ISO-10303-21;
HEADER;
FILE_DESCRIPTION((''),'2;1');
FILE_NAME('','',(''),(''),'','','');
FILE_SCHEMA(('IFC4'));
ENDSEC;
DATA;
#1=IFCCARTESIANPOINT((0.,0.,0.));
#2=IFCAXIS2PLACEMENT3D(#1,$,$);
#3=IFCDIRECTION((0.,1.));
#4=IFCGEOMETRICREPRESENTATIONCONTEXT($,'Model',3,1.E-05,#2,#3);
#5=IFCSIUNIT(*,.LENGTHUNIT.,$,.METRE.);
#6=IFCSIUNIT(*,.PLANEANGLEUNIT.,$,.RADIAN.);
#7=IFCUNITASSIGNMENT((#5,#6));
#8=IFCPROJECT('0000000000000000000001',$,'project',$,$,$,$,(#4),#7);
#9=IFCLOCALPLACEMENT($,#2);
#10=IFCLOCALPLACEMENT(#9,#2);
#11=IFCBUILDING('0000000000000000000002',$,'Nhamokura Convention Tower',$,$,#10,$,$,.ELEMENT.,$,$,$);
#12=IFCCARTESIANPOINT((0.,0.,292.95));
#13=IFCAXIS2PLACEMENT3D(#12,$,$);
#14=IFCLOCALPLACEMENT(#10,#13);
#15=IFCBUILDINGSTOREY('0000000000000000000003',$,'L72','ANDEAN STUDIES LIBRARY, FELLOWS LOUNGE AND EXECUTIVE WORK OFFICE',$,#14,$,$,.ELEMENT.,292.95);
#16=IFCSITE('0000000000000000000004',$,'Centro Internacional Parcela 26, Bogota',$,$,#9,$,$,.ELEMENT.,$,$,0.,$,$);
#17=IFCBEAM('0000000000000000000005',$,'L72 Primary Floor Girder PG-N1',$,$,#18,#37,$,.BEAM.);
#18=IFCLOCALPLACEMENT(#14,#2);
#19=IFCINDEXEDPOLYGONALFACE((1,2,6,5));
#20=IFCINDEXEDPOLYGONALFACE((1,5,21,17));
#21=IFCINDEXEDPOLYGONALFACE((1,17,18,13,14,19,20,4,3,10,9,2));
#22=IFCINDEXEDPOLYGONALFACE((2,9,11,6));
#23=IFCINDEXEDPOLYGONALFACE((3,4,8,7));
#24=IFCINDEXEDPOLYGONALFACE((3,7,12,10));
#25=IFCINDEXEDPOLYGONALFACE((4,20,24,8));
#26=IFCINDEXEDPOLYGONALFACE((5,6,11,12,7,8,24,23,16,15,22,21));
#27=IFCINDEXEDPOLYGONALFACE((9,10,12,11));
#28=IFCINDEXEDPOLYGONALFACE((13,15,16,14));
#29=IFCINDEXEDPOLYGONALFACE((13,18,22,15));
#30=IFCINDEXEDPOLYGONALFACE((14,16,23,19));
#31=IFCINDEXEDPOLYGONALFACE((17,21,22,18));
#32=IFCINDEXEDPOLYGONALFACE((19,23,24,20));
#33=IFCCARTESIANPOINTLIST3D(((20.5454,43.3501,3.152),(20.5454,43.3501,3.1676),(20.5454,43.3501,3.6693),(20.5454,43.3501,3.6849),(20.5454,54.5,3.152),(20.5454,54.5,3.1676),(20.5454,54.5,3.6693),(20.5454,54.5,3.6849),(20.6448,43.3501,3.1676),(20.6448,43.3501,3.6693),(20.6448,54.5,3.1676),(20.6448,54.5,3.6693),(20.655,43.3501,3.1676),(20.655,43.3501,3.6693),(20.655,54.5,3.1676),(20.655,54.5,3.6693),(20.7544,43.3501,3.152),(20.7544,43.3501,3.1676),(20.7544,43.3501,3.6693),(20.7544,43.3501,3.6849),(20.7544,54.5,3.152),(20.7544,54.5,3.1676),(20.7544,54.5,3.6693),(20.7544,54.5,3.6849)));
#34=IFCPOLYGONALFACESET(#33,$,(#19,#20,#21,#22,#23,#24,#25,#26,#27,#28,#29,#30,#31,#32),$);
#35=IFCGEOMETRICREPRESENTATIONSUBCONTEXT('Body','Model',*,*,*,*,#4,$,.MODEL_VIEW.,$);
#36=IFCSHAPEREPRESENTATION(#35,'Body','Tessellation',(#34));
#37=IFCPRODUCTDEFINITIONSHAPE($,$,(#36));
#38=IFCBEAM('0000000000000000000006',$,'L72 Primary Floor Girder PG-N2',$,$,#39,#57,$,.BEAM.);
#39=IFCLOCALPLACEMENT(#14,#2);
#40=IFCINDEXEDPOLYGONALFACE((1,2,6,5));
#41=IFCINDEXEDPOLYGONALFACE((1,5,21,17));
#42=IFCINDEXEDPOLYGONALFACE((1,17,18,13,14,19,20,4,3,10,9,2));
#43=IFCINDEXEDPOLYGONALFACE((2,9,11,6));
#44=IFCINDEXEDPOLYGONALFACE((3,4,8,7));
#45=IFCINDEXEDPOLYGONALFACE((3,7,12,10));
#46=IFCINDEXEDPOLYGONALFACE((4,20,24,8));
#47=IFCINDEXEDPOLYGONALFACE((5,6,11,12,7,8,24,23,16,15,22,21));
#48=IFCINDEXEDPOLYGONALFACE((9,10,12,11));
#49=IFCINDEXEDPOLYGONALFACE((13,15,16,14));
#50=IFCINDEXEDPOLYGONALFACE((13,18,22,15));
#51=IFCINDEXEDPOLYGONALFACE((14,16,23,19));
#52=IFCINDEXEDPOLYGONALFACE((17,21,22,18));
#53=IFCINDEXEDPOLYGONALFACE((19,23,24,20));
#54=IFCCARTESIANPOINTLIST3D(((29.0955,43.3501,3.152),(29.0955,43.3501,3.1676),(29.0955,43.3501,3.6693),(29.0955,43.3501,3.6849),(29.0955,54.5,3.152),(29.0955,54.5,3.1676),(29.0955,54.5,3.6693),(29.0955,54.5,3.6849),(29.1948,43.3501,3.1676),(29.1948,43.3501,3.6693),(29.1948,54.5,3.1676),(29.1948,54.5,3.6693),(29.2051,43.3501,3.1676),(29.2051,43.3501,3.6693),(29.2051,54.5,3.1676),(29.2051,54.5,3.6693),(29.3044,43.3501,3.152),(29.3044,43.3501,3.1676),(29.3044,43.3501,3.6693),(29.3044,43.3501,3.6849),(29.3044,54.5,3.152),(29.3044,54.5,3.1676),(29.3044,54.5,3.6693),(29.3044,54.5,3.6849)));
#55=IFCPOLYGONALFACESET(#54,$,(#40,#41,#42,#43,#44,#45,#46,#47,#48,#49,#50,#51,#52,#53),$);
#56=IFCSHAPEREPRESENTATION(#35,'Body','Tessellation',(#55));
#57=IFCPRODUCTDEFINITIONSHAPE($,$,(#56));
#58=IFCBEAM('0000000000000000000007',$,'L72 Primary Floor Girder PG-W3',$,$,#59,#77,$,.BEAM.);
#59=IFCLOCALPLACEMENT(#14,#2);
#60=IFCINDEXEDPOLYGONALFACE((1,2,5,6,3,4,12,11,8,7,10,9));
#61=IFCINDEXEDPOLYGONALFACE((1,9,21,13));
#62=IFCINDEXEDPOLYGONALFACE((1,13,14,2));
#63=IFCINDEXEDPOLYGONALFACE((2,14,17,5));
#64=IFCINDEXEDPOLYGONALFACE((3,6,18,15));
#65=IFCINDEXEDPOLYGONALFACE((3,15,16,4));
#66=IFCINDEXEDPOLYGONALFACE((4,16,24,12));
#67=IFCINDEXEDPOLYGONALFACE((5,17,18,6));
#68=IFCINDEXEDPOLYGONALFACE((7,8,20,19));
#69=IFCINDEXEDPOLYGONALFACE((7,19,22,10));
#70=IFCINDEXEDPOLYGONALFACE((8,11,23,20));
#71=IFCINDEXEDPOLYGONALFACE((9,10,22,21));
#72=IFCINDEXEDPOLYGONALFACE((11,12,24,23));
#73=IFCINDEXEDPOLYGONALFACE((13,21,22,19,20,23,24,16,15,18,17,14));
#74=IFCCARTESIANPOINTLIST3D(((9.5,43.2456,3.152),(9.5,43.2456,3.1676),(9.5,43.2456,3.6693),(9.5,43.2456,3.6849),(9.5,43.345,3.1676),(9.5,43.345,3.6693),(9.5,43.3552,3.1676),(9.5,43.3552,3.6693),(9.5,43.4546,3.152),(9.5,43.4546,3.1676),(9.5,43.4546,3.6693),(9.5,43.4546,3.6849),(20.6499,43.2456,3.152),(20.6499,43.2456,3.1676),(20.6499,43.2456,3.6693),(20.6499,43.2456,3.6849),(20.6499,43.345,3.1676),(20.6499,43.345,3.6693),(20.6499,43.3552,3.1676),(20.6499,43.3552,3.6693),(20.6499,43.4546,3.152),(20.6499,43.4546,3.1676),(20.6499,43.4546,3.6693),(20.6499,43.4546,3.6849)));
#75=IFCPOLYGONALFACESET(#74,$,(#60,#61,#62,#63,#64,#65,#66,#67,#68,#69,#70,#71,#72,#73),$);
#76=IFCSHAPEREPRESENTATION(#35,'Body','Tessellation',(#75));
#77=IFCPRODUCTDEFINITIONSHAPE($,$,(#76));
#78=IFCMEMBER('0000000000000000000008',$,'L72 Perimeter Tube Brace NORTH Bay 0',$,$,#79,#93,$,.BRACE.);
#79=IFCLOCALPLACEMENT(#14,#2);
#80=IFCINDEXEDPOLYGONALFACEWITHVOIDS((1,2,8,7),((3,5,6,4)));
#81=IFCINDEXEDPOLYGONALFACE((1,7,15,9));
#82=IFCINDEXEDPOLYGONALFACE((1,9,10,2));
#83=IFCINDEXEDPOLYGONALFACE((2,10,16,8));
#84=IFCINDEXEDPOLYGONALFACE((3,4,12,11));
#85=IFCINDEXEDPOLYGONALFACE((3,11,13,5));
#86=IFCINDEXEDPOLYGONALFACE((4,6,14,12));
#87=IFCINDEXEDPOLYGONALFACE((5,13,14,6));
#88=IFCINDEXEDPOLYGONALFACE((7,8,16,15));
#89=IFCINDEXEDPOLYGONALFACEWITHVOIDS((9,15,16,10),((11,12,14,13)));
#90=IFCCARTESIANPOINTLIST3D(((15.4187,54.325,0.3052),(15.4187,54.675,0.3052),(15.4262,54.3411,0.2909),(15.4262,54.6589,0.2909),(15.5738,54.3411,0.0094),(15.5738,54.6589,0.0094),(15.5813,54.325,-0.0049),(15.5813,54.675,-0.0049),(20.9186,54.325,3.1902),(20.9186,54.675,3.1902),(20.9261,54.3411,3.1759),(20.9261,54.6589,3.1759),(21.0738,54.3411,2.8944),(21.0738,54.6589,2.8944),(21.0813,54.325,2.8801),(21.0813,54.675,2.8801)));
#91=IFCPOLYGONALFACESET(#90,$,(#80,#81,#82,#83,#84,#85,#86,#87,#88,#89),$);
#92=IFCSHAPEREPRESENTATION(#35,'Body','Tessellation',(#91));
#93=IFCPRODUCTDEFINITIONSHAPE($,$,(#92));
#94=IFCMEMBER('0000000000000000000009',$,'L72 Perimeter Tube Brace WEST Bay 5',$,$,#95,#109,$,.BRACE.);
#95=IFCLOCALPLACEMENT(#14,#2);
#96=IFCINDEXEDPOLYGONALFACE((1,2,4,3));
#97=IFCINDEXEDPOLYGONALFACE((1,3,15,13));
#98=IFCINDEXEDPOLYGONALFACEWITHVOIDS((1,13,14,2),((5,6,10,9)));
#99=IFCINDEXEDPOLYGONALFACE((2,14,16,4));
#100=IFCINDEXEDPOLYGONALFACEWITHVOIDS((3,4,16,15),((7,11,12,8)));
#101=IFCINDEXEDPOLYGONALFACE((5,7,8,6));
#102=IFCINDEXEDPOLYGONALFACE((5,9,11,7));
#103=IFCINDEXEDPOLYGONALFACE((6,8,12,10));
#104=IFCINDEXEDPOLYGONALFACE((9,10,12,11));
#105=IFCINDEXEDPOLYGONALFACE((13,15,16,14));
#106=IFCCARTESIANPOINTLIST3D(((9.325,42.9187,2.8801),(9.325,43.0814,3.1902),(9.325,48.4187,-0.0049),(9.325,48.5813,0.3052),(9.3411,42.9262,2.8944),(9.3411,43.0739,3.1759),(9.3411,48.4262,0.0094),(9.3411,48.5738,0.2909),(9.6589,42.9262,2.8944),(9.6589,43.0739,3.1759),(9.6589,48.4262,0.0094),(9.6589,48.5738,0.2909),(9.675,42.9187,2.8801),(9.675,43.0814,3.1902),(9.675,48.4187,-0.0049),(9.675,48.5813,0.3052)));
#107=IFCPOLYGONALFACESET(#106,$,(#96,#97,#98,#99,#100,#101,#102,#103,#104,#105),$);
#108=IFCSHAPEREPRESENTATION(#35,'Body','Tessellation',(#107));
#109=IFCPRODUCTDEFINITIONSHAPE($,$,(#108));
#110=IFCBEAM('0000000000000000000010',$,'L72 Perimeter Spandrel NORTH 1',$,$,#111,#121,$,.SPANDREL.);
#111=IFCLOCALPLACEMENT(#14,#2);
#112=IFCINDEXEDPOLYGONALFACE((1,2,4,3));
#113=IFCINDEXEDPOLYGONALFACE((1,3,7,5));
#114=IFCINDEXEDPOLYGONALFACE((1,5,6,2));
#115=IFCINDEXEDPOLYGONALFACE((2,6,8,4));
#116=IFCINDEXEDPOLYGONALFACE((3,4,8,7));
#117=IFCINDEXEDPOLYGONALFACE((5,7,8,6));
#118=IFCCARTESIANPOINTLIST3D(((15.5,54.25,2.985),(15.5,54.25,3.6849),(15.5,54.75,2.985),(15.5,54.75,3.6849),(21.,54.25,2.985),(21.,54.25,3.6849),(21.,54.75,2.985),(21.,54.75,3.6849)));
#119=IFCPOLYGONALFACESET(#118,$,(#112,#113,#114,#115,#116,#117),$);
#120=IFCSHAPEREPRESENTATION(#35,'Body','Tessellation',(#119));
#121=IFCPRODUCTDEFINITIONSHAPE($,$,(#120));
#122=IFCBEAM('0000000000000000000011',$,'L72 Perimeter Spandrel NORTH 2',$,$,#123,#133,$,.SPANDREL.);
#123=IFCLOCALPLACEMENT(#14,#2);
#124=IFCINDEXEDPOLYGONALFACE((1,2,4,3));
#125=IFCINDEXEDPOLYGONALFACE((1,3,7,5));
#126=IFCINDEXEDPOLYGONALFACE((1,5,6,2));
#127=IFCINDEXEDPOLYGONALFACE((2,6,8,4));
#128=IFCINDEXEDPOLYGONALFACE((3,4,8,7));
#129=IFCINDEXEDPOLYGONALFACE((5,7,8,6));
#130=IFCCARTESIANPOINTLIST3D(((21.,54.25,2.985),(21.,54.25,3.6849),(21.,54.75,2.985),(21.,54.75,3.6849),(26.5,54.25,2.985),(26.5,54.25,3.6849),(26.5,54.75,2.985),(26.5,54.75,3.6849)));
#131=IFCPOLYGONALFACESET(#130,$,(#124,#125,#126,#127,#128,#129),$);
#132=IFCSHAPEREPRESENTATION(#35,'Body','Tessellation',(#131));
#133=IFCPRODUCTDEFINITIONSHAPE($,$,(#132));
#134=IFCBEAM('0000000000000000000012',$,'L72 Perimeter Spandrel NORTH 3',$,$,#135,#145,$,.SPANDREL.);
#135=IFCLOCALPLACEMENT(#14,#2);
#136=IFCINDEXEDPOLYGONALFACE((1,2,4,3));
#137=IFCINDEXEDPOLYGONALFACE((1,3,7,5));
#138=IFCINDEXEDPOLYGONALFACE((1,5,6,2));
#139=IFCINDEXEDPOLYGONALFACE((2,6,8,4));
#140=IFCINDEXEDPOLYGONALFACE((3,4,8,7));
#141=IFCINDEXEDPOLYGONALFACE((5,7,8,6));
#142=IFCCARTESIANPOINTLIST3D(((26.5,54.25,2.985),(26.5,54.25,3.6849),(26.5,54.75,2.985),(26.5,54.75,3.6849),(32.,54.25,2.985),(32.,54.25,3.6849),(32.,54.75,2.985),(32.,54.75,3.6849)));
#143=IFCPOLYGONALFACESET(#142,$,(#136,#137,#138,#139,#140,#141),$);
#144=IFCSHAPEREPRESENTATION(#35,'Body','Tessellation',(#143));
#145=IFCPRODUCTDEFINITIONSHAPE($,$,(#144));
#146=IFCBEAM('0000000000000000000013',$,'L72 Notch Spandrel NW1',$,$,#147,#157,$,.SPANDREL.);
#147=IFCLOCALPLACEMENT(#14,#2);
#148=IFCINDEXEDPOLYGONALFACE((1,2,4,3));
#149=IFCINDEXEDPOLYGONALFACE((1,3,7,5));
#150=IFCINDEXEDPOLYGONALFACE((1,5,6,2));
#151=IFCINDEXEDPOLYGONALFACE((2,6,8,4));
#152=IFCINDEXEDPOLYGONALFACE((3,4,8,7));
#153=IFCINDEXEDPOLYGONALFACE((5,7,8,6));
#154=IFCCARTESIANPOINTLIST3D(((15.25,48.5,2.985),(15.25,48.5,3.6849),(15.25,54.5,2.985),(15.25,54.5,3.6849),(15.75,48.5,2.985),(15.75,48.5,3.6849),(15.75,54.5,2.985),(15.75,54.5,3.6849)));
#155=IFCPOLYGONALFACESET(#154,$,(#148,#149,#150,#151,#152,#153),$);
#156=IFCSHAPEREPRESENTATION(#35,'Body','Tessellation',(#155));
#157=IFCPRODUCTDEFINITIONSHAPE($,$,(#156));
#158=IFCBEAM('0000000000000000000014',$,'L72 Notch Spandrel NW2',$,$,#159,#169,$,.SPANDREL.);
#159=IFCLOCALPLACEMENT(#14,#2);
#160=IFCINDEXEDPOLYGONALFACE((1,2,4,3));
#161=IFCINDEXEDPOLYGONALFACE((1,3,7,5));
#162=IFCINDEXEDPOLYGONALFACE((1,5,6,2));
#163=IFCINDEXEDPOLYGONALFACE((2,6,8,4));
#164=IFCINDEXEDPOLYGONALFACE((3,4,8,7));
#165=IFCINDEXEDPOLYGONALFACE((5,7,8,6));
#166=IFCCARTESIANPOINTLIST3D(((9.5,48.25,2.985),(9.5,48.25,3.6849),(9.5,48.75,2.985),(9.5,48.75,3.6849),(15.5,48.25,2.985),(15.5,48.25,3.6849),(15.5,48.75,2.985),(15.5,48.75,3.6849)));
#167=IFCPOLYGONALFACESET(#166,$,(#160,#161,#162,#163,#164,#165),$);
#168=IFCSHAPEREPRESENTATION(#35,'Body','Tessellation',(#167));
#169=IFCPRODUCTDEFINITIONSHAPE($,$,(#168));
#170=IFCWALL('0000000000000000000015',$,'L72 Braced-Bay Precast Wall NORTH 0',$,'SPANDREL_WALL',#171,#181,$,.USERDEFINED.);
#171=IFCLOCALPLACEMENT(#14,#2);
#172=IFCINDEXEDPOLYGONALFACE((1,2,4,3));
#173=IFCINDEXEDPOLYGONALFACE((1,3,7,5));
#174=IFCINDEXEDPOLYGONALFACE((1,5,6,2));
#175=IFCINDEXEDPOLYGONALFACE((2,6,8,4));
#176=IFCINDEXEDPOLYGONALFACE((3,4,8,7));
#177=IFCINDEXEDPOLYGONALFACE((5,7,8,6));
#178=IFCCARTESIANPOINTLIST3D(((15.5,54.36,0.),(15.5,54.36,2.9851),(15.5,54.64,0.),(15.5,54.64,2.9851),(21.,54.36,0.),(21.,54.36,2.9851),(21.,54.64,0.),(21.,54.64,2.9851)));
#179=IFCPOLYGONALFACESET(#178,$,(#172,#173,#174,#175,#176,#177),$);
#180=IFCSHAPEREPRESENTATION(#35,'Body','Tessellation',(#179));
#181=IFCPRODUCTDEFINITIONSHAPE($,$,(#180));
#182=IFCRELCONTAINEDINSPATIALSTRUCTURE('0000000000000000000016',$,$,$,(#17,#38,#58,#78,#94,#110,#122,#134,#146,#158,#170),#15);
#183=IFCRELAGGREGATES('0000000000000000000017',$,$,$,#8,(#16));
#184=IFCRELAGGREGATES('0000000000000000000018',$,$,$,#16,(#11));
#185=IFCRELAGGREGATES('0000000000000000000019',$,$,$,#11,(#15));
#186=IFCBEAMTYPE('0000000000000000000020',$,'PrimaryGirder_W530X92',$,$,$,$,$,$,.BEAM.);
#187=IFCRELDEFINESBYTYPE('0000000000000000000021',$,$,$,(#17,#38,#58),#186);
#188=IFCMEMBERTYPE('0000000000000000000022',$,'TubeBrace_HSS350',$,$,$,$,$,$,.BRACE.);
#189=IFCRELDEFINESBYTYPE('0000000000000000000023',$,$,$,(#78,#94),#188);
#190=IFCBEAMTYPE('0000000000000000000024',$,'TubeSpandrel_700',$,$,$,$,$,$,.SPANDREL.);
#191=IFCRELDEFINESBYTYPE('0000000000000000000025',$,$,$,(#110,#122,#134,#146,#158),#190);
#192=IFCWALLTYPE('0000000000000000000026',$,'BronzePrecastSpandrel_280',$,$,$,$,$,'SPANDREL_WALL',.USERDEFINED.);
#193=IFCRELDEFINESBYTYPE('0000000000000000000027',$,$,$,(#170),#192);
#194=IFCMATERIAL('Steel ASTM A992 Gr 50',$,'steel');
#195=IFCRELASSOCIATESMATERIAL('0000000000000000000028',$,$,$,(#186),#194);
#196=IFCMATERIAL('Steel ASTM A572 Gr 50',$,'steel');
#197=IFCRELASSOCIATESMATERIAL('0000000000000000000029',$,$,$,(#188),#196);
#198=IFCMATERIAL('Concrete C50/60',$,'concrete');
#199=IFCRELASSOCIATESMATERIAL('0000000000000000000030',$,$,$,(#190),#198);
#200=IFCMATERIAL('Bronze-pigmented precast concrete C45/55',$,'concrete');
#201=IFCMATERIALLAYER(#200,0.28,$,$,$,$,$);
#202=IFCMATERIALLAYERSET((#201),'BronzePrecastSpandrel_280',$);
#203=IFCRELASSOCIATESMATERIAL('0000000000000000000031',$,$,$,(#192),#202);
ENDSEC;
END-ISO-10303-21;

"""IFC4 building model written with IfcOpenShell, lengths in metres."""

from ifc_helpers import new_model, si_unit, direction, frame, frame_2d, origin, origin_2d, place, context, subcontext, project, spatial, rectangle, hollow_rectangle, i_section, extrude, material, layer, layer_set, material_profile, profile_set, type_object, element, save


model = new_model("IFC4")

# Units and contexts
model_context = context("Model", 3, precision=1e-05, world=origin(), true_north=direction((0.0, 1.0)))
body_context = subcontext(model_context, "Body", "Model", "MODEL_VIEW")
ifc_project = project(units=[si_unit("LENGTHUNIT", "METRE"), si_unit("PLANEANGLEUNIT", "RADIAN")], contexts=[model_context])

# Site, building, storey
site_placement = place(None, origin())
site = spatial("IfcSite", under=ifc_project, at=site_placement, Name="Centro Internacional Parcela 26, Bogota", CompositionType="ELEMENT", RefElevation=0.0)
building_placement = place(site_placement, origin())
building = spatial("IfcBuilding", under=site, at=building_placement, Name="Nhamokura Convention Tower", CompositionType="ELEMENT")
storey_placement = place(building_placement, frame((0.0, 0.0, 292.95)))
storey = spatial("IfcBuildingStorey", under=building, at=storey_placement, Name="L72", Description="ANDEAN STUDIES LIBRARY, FELLOWS LOUNGE AND EXECUTIVE WORK OFFICE", CompositionType="ELEMENT", Elevation=292.95)

# Beams
ifc_material_1 = material(Name="Steel ASTM A992 Gr 50", Category="steel")
ifc_material_profile_1 = material_profile(ifc_material_1, i_section(OverallWidth=0.209, OverallDepth=0.533, WebThickness=0.0103, FlangeThickness=0.0156, at=origin_2d()))
ifc_profile_set_1 = profile_set([ifc_material_profile_1], Name="Steel ASTM A992 Gr 50")
beam_type_1 = type_object("IfcBeamType", Name="PrimaryGirder_W530X92", PredefinedType="BEAM", material=ifc_profile_set_1)
for number, where, z_axis, x_axis, name in (
    (1, (20.6499, 43.3501, 3.4185), (0.0, 1.0, 0.0), (-1.0, 0.0, 0.0), "L72 Primary Floor Girder PG-N1"),
    (2, (29.2, 43.3501, 3.4185), (0.0, 1.0, 0.0), (-1.0, 0.0, 0.0), "L72 Primary Floor Girder PG-N2"),
    (3, (9.5, 43.3501, 3.4185), (1.0, 0.0, 0.0), (0.0, 1.0, 0.0), "L72 Primary Floor Girder PG-W3"),
):
    element("IfcBeam", number, at=place(storey_placement, frame(where, z_axis=z_axis, x_axis=x_axis)), inside=storey, type_object=beam_type_1, Name=name, PredefinedType="BEAM", context=body_context, shape_type="SweptSolid", body=[
        extrude(i_section(OverallWidth=0.209, OverallDepth=0.533, WebThickness=0.0103, FlangeThickness=0.0156, at=origin_2d()), origin(), (0.0, 0.0, 1.0), 11.1499),
    ])

# Members
ifc_material_2 = material(Name="Steel ASTM A572 Gr 50", Category="steel")
ifc_material_profile_2 = material_profile(ifc_material_2, hollow_rectangle(XDim=0.3501, YDim=0.3501, WallThickness=0.0161, at=origin_2d()))
ifc_profile_set_2 = profile_set([ifc_material_profile_2], Name="Steel ASTM A572 Gr 50")
member_type_1 = type_object("IfcMemberType", Name="TubeBrace_HSS350", PredefinedType="BRACE", material=ifc_profile_set_2)
for number, where, z_axis, x_axis, name in (
    (4, (15.5, 54.5, 0.1501), (0.885563, 0.0, 0.46452), (0.0, 1.0, 0.0), "L72 Perimeter Tube Brace NORTH Bay 0"),
    (5, (9.5, 48.5, 0.1501), (0.0, -0.885563, 0.46452), (1.0, 0.0, 0.0), "L72 Perimeter Tube Brace WEST Bay 5"),
):
    element("IfcMember", number, at=place(storey_placement, frame(where, z_axis=z_axis, x_axis=x_axis)), inside=storey, type_object=member_type_1, Name=name, PredefinedType="BRACE", context=body_context, shape_type="SweptSolid", body=[
        extrude(hollow_rectangle(XDim=0.3501, YDim=0.3501, WallThickness=0.0161, at=origin_2d()), origin(), (0.0, 0.0, 1.0), 6.2107),
    ])

# Beams
ifc_material_3 = material(Name="Concrete C50/60", Category="concrete")
ifc_material_profile_3 = material_profile(ifc_material_3, rectangle(XDim=0.5, YDim=0.7, at=origin_2d()))
ifc_profile_set_3 = profile_set([ifc_material_profile_3], Name="Concrete C50/60")
beam_type_2 = type_object("IfcBeamType", Name="TubeSpandrel_700", PredefinedType="SPANDREL", material=ifc_profile_set_3)
for number, where, z_axis, x_axis, name in (
    (6, (15.5, 54.5, 3.335), (1.0, 0.0, 0.0), (0.0, 1.0, 0.0), "L72 Perimeter Spandrel NORTH 1"),
    (7, (21.0, 54.5, 3.335), (1.0, 0.0, 0.0), (0.0, 1.0, 0.0), "L72 Perimeter Spandrel NORTH 2"),
    (8, (26.5, 54.5, 3.335), (1.0, 0.0, 0.0), (0.0, 1.0, 0.0), "L72 Perimeter Spandrel NORTH 3"),
):
    element("IfcBeam", number, at=place(storey_placement, frame(where, z_axis=z_axis, x_axis=x_axis)), inside=storey, type_object=beam_type_2, Name=name, PredefinedType="SPANDREL", context=body_context, shape_type="SweptSolid", body=[
        extrude(rectangle(XDim=0.5, YDim=0.7, at=origin_2d()), origin(), (0.0, 0.0, 1.0), 5.5),
    ])
for number, where, z_axis, x_axis, name in (
    (9, (15.5, 54.5, 3.335), (0.0, -1.0, 0.0), (1.0, 0.0, 0.0), "L72 Notch Spandrel NW1"),
    (10, (15.5, 48.5, 3.335), (-1.0, 0.0, 0.0), (0.0, -1.0, 0.0), "L72 Notch Spandrel NW2"),
):
    element("IfcBeam", number, at=place(storey_placement, frame(where, z_axis=z_axis, x_axis=x_axis)), inside=storey, type_object=beam_type_2, Name=name, PredefinedType="SPANDREL", context=body_context, shape_type="SweptSolid", body=[
        extrude(rectangle(XDim=0.5, YDim=0.7, at=origin_2d()), origin(), (0.0, 0.0, 1.0), 6.0),
    ])

# Wall
ifc_material_4 = material(Name="Bronze-pigmented precast concrete C45/55", Category="concrete")
ifc_layer_1 = layer(ifc_material_4, 0.28)
ifc_layer_set_1 = layer_set([ifc_layer_1], Name="BronzePrecastSpandrel_280")
wall_type_1 = type_object("IfcWallType", Name="BronzePrecastSpandrel_280", ElementType="SPANDREL_WALL", PredefinedType="USERDEFINED", material=ifc_layer_set_1)
wall_1_placement = place(storey_placement, frame((15.5, 54.5, 0.0), z_axis=(0.0, 0.0, 1.0), x_axis=(1.0, 0.0, 0.0)))
element("IfcWall", 11, at=wall_1_placement, inside=storey, type_object=wall_type_1, Name="L72 Braced-Bay Precast Wall NORTH 0", ObjectType="SPANDREL_WALL", PredefinedType="USERDEFINED", context=body_context, shape_type="SweptSolid", body=[
    extrude(rectangle(XDim=5.5, YDim=0.28, at=frame_2d((2.75, 0.0))), origin(), (0.0, 0.0, 1.0), 2.9851),
])

save(model, "model.ifc")
